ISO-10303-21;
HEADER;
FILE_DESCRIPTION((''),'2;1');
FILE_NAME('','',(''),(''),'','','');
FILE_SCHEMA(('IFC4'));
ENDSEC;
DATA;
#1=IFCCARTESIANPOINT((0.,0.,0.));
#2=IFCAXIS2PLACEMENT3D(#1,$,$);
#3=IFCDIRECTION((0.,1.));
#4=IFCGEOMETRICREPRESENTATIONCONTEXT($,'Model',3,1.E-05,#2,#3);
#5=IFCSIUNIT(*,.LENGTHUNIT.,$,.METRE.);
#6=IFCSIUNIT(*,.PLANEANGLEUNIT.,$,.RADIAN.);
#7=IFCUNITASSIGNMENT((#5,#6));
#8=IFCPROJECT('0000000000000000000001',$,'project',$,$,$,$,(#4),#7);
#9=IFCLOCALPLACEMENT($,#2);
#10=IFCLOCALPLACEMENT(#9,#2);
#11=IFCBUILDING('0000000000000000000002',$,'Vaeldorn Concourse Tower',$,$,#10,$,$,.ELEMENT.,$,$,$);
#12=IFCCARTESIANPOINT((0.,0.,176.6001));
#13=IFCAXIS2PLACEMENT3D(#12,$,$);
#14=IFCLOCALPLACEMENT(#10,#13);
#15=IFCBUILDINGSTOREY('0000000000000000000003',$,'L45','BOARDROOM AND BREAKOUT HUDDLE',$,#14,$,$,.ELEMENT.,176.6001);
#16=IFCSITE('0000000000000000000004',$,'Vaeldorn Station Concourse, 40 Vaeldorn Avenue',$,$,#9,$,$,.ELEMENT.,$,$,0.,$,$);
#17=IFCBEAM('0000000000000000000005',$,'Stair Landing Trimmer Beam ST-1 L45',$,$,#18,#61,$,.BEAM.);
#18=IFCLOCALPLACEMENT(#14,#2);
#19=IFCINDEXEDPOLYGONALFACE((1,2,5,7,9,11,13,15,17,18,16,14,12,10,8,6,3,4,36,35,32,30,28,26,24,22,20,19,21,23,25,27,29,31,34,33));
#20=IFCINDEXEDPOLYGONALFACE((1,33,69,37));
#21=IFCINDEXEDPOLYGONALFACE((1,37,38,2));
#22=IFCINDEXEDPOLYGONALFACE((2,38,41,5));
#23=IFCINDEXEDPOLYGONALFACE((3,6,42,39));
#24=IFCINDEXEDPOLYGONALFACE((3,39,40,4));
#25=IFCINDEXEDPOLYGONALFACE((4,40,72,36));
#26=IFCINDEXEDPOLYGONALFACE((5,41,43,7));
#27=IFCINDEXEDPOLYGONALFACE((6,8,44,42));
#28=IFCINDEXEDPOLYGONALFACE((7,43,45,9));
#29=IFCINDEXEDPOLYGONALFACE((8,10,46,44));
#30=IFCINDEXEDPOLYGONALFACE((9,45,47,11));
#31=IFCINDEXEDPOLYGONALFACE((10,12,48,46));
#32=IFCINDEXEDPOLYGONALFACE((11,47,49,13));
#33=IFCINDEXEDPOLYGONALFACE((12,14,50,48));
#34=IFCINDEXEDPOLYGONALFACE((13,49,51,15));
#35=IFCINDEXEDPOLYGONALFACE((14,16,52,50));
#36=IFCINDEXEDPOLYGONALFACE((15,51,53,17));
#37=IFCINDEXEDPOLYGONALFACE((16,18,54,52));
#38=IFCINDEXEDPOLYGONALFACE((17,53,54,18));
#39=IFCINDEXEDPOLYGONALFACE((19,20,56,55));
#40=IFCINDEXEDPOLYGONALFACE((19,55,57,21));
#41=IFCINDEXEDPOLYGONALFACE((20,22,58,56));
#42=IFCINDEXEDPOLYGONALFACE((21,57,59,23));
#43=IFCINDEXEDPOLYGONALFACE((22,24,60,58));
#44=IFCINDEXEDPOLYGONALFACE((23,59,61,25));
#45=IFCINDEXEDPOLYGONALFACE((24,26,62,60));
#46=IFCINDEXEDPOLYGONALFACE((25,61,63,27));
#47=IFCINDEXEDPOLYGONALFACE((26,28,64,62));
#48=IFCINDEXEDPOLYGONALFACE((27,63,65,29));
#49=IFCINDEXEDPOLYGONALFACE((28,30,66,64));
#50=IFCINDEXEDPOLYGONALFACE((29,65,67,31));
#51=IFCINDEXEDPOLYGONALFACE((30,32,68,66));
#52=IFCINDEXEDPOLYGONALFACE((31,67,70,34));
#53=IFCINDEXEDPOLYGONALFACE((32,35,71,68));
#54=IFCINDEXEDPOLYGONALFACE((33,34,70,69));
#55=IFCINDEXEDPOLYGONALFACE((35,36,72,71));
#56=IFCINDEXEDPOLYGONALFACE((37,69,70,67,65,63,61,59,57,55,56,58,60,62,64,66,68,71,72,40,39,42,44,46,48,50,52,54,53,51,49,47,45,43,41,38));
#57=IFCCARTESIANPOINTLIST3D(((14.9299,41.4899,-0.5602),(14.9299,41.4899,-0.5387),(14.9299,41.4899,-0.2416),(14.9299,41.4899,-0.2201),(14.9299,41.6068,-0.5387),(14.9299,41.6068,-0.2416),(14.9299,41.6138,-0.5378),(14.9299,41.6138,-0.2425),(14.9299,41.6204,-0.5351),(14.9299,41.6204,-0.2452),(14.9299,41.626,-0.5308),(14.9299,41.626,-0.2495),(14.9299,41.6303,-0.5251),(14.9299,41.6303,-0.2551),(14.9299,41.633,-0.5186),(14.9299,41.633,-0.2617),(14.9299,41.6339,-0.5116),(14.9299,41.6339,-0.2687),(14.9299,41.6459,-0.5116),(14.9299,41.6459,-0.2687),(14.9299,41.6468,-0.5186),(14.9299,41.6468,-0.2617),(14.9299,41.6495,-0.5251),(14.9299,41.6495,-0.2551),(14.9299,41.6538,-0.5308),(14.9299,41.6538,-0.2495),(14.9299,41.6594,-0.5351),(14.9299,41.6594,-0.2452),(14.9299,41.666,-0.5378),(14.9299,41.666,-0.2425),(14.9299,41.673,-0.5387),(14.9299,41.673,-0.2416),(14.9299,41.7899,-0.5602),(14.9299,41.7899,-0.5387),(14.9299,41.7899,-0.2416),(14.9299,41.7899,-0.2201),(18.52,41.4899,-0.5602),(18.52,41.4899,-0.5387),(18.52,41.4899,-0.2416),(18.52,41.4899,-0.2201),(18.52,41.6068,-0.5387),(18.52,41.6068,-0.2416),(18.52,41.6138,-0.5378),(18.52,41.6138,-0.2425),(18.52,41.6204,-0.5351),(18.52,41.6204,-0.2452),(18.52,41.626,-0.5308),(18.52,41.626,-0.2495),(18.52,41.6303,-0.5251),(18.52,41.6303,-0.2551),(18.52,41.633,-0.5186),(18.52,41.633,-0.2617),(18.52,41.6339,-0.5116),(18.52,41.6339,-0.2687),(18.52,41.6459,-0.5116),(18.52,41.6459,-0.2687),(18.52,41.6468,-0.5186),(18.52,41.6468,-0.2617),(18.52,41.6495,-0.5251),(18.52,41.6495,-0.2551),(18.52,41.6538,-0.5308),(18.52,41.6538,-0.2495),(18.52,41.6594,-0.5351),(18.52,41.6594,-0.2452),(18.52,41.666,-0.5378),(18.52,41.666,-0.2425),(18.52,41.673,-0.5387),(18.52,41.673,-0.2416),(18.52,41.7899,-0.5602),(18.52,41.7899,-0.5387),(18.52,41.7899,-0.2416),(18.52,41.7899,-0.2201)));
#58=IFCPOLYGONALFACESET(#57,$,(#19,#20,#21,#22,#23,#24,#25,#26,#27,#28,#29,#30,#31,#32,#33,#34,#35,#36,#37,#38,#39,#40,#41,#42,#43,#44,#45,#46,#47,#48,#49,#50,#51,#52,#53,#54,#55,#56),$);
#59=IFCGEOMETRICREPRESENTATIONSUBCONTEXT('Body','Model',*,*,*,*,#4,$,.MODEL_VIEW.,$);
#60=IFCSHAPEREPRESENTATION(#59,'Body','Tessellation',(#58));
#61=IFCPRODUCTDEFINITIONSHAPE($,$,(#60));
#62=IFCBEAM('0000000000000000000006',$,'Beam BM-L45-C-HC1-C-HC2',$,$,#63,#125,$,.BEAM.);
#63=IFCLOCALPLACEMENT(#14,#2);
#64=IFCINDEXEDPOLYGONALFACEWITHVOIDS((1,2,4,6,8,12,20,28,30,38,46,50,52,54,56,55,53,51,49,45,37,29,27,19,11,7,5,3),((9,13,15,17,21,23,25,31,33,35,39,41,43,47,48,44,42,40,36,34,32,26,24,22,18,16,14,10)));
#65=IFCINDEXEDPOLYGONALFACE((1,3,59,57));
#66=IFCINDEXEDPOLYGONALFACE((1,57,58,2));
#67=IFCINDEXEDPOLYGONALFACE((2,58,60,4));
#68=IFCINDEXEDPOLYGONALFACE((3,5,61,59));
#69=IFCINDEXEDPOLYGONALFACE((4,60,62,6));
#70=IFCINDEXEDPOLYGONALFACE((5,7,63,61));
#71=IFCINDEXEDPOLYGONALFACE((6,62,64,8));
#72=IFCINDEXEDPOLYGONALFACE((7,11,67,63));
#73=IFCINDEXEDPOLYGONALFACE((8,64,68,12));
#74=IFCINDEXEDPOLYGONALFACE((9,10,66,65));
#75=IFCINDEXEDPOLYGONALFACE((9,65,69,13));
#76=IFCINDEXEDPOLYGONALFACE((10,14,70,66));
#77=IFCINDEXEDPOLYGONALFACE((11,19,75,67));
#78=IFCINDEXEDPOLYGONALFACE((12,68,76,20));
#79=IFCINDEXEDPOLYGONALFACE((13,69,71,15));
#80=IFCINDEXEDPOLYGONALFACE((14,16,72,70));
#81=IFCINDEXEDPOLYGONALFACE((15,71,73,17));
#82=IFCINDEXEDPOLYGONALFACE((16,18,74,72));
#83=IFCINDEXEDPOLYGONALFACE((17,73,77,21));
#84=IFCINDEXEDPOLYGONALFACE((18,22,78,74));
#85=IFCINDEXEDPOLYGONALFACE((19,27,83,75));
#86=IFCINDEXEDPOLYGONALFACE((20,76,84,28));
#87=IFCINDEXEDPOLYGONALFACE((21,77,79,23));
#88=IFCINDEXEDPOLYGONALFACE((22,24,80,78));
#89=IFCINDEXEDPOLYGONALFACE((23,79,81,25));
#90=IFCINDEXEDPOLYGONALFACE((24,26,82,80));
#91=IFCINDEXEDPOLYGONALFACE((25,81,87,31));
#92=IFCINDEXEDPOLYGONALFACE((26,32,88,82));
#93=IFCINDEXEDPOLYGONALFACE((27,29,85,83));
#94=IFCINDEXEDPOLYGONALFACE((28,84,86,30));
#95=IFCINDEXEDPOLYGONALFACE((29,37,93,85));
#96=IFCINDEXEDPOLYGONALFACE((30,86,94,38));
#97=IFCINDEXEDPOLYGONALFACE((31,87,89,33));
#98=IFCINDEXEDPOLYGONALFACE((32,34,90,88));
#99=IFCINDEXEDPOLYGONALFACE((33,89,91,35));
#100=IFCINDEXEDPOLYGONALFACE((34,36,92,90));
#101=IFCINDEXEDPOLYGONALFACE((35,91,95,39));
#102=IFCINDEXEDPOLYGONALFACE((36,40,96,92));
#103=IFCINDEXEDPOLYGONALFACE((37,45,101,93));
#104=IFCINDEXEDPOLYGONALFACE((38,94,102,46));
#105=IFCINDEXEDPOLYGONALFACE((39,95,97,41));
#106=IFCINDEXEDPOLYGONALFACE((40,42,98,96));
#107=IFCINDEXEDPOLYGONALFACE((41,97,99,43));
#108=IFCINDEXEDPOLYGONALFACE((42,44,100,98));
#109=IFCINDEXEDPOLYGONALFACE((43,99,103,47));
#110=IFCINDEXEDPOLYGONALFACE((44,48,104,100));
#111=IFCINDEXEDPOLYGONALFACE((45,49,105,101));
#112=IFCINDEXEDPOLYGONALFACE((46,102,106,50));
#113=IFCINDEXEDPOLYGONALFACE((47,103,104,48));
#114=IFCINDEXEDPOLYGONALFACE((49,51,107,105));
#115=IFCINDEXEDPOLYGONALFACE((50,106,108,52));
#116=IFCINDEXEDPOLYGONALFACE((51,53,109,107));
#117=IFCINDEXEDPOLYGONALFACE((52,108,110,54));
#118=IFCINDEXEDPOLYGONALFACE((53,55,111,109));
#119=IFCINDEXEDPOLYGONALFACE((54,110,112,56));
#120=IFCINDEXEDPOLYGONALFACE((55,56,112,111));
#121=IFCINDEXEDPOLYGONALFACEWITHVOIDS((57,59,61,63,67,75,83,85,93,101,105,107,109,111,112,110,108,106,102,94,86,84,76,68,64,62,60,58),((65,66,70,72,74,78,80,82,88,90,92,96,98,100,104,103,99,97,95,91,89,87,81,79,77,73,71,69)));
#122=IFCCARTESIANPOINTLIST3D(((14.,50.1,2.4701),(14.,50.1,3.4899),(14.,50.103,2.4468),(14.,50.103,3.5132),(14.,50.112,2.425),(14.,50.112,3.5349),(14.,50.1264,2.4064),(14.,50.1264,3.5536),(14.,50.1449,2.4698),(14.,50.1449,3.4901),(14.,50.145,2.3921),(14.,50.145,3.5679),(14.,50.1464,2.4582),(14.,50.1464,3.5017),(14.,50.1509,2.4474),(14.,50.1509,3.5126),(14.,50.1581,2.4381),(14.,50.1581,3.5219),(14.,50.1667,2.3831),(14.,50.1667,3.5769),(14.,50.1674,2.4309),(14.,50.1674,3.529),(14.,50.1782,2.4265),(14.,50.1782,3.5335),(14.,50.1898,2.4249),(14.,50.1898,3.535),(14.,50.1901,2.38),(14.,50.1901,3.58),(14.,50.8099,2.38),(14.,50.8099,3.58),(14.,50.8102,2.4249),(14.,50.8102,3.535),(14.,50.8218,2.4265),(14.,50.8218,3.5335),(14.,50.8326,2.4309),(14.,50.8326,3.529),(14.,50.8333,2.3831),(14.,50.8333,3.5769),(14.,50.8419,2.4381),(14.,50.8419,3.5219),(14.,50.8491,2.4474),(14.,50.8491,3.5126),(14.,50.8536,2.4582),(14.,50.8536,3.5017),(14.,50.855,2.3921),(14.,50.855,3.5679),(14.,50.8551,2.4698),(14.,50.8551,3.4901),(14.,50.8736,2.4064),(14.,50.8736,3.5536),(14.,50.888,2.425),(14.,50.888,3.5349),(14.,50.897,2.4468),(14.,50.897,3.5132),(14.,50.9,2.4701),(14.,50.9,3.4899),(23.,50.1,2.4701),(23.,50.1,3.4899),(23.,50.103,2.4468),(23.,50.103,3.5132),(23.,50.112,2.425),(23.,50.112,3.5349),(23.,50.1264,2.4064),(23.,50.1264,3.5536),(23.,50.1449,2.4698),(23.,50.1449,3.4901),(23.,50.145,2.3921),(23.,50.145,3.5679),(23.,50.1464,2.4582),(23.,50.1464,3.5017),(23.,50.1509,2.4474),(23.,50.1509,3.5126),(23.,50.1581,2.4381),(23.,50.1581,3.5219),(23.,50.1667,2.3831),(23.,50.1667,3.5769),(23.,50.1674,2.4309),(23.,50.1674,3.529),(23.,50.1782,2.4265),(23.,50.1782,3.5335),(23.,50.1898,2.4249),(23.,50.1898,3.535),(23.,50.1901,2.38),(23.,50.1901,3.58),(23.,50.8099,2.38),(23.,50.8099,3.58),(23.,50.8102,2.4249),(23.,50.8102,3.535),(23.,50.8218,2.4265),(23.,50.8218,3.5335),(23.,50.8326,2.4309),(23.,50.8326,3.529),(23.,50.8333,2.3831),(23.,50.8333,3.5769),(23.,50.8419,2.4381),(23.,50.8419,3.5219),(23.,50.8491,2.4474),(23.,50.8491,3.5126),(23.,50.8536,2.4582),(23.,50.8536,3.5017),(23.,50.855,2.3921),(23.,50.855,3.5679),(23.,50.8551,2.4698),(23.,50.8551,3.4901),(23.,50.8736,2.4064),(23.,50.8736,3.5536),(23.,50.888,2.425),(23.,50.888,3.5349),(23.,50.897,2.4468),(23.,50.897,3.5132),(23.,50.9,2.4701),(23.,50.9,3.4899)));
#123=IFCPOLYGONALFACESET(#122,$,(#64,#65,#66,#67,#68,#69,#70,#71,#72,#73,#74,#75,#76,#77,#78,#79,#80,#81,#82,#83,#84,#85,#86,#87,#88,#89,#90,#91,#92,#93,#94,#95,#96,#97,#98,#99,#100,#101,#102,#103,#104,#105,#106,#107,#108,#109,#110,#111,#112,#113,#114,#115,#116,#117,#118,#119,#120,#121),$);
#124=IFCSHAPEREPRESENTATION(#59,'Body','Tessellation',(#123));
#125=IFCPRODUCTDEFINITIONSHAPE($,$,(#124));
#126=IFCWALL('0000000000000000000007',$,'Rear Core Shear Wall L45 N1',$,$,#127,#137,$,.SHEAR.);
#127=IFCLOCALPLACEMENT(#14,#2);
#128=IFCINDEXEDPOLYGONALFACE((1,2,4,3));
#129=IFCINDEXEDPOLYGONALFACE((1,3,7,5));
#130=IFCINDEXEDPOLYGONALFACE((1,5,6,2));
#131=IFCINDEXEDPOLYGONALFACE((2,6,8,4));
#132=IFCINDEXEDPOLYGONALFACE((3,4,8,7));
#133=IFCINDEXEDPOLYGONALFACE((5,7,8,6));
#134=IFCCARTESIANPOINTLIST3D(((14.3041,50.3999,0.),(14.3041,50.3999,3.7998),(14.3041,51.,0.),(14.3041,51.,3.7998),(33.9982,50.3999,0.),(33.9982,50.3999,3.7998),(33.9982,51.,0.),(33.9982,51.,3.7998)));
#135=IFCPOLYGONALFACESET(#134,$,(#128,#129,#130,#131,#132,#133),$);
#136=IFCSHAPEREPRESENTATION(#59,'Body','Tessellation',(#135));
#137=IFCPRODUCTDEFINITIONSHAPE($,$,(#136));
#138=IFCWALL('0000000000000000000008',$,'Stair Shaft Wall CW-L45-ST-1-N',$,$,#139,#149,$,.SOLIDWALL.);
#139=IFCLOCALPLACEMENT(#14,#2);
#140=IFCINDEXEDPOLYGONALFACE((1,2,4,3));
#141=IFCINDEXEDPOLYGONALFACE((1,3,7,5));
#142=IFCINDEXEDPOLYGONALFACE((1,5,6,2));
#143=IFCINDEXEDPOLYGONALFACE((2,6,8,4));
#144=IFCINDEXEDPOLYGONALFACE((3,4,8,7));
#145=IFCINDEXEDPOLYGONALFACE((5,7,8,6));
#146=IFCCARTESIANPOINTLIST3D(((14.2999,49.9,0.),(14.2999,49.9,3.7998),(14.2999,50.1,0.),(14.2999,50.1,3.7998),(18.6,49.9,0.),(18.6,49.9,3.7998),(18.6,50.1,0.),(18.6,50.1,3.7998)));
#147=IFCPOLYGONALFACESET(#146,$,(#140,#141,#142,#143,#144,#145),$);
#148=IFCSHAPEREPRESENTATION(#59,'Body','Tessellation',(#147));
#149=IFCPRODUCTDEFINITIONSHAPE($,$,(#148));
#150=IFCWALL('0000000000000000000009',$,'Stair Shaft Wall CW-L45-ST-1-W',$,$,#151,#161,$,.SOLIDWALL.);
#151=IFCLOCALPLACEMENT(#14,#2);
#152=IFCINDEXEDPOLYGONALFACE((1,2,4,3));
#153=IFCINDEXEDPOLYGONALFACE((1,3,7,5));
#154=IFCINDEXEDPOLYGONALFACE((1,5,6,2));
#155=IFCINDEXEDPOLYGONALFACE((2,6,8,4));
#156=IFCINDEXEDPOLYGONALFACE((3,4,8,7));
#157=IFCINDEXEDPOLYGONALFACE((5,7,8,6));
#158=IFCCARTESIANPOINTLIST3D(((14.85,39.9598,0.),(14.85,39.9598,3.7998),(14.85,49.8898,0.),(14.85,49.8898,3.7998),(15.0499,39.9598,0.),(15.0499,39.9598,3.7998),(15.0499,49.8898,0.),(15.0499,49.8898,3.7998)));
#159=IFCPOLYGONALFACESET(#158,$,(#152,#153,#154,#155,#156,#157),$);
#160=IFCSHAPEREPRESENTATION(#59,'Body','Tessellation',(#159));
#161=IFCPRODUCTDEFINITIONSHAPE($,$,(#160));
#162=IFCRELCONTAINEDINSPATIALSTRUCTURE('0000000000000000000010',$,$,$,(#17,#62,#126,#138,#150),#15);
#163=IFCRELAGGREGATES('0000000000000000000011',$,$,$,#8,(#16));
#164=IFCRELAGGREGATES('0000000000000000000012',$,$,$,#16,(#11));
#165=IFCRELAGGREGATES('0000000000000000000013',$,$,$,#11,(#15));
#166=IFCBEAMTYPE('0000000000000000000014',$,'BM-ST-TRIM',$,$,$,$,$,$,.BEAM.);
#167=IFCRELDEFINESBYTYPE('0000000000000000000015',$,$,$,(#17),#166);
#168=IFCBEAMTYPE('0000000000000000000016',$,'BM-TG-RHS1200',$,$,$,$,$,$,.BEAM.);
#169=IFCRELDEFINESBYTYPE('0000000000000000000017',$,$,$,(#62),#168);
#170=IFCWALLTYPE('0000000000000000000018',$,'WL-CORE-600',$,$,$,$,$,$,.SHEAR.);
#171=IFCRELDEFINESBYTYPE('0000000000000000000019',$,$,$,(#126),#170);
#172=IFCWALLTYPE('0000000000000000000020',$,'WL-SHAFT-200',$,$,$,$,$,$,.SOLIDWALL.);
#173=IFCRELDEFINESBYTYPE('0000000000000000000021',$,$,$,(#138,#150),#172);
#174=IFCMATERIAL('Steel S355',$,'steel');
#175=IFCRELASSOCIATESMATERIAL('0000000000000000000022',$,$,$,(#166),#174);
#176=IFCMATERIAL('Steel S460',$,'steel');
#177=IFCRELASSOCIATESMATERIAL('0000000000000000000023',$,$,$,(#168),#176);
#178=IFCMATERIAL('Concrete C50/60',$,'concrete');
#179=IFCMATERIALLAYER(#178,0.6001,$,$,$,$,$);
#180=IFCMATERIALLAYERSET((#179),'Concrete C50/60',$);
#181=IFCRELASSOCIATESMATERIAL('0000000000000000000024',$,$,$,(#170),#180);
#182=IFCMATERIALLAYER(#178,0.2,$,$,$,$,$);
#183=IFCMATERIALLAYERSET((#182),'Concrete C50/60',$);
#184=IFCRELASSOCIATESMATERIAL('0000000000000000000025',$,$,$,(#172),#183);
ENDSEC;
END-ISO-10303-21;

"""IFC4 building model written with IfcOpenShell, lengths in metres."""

from ifc_helpers import new_model, si_unit, direction, frame, frame_2d, origin, origin_2d, place, context, subcontext, project, spatial, rectangle, hollow_rectangle, i_section, extrude, source, transform, mapped, material, layer, layer_set, material_profile, profile_set, type_object, element, save


model = new_model("IFC4")

# Units and contexts
model_context = context("Model", 3, precision=1e-05, world=origin(), true_north=direction((0.0, 1.0)))
body_context = subcontext(model_context, "Body", "Model", "MODEL_VIEW")
ifc_project = project(units=[si_unit("LENGTHUNIT", "METRE"), si_unit("PLANEANGLEUNIT", "RADIAN")], contexts=[model_context])

# Site, building, storey
site_placement = place(None, origin())
site = spatial("IfcSite", under=ifc_project, at=site_placement, Name="Vaeldorn Station Concourse, 40 Vaeldorn Avenue", CompositionType="ELEMENT", RefElevation=0.0)
building_placement = place(site_placement, origin())
building = spatial("IfcBuilding", under=site, at=building_placement, Name="Vaeldorn Concourse Tower", CompositionType="ELEMENT")
storey_placement = place(building_placement, frame((0.0, 0.0, 176.6001)))
storey = spatial("IfcBuildingStorey", under=building, at=storey_placement, Name="L45", Description="BOARDROOM AND BREAKOUT HUDDLE", CompositionType="ELEMENT", Elevation=176.6001)

# Beams
ifc_material_1 = material(Name="Steel S355", Category="steel")
ifc_material_profile_1 = material_profile(ifc_material_1, i_section(OverallWidth=0.3, OverallDepth=0.3401, WebThickness=0.012, FlangeThickness=0.0215, FilletRadius=0.0271, at=origin_2d()), Name="HEB 340")
ifc_profile_set_1 = profile_set([ifc_material_profile_1], Name="Steel S355")
beam_type_1 = type_object("IfcBeamType", Name="BM-ST-TRIM", PredefinedType="BEAM", material=ifc_profile_set_1)
shared_shape_1 = source(origin(), body_context, "Body", "SweptSolid", [
    extrude(i_section(OverallWidth=0.3, OverallDepth=0.3401, WebThickness=0.012, FlangeThickness=0.0215, FilletRadius=0.0271, at=origin_2d()), origin(), (0.0, 0.0, 1.0), 3.5901),
])
beam_1_placement = place(storey_placement, frame((14.9299, 41.6399, -0.3901), z_axis=(1.0, 0.0, 0.0), x_axis=(0.0, 1.0, 0.0)))
element("IfcBeam", 1, at=beam_1_placement, inside=storey, type_object=beam_type_1, Name="Stair Landing Trimmer Beam ST-1 L45", PredefinedType="BEAM", context=body_context, shape_type="MappedRepresentation", body=[
    mapped(shared_shape_1, transform((0.0, 0.0, 0.0), scale=1.0)),
])
ifc_material_2 = material(Name="Steel S460", Category="steel")
ifc_material_profile_2 = material_profile(ifc_material_2, hollow_rectangle(XDim=0.8, YDim=1.2, WallThickness=0.0449, InnerFilletRadius=0.0449, OuterFilletRadius=0.0901, at=origin_2d()), Name="RHS 1200x800x45")
ifc_profile_set_2 = profile_set([ifc_material_profile_2], Name="Steel S460")
beam_type_2 = type_object("IfcBeamType", Name="BM-TG-RHS1200", PredefinedType="BEAM", material=ifc_profile_set_2)
shared_shape_2 = source(origin(), body_context, "Body", "SweptSolid", [
    extrude(hollow_rectangle(XDim=0.8, YDim=1.2, WallThickness=0.0449, InnerFilletRadius=0.0449, OuterFilletRadius=0.0901, at=origin_2d()), origin(), (0.0, 0.0, 1.0), 9.0),
])
beam_2_placement = place(storey_placement, frame((14.0, 50.5, 2.98), z_axis=(1.0, 0.0, 0.0), x_axis=(0.0, 1.0, 0.0)))
element("IfcBeam", 2, at=beam_2_placement, inside=storey, type_object=beam_type_2, Name="Beam BM-L45-C-HC1-C-HC2", PredefinedType="BEAM", context=body_context, shape_type="MappedRepresentation", body=[
    mapped(shared_shape_2, transform((0.0, 0.0, 0.0), scale=1.0)),
])

# Wall
ifc_material_3 = material(Name="Concrete C50/60", Category="concrete")
ifc_layer_1 = layer(ifc_material_3, 0.6001)
ifc_layer_set_1 = layer_set([ifc_layer_1], Name="Concrete C50/60")
wall_type_1 = type_object("IfcWallType", Name="WL-CORE-600", PredefinedType="SHEAR", material=ifc_layer_set_1)
wall_1_placement = place(storey_placement, frame((14.304, 50.7, 0.0), z_axis=(0.0, 0.0, 1.0), x_axis=(1.0, 0.0, 0.0)))
element("IfcWall", 3, at=wall_1_placement, inside=storey, type_object=wall_type_1, Name="Rear Core Shear Wall L45 N1", PredefinedType="SHEAR", context=body_context, shape_type="SweptSolid", body=[
    extrude(rectangle(XDim=19.6941, YDim=0.6001, at=frame_2d((9.8472, 0.0))), origin(), (0.0, 0.0, 1.0), 3.7998),
])

# Shared definitions
ifc_layer_2 = layer(ifc_material_3, 0.2)
ifc_layer_set_2 = layer_set([ifc_layer_2], Name="Concrete C50/60")
wall_type_2 = type_object("IfcWallType", Name="WL-SHAFT-200", PredefinedType="SOLIDWALL", material=ifc_layer_set_2)

# Walls
wall_2_placement = place(storey_placement, frame((14.3, 50.0, 0.0), z_axis=(0.0, 0.0, 1.0), x_axis=(1.0, 0.0, 0.0)))
element("IfcWall", 4, at=wall_2_placement, inside=storey, type_object=wall_type_2, Name="Stair Shaft Wall CW-L45-ST-1-N", PredefinedType="SOLIDWALL", context=body_context, shape_type="SweptSolid", body=[
    extrude(rectangle(XDim=4.3, YDim=0.2, at=frame_2d((2.1499, 0.0))), origin(), (0.0, 0.0, 1.0), 3.7998),
])
wall_3_placement = place(storey_placement, frame((14.95, 39.96, 0.0), z_axis=(0.0, 0.0, 1.0), x_axis=(0.0, 1.0, 0.0)))
element("IfcWall", 5, at=wall_3_placement, inside=storey, type_object=wall_type_2, Name="Stair Shaft Wall CW-L45-ST-1-W", PredefinedType="SOLIDWALL", context=body_context, shape_type="SweptSolid", body=[
    extrude(rectangle(XDim=9.9299, YDim=0.2, at=frame_2d((4.9648, 0.0))), origin(), (0.0, 0.0, 1.0), 3.7998),
])

save(model, "model.ifc")
